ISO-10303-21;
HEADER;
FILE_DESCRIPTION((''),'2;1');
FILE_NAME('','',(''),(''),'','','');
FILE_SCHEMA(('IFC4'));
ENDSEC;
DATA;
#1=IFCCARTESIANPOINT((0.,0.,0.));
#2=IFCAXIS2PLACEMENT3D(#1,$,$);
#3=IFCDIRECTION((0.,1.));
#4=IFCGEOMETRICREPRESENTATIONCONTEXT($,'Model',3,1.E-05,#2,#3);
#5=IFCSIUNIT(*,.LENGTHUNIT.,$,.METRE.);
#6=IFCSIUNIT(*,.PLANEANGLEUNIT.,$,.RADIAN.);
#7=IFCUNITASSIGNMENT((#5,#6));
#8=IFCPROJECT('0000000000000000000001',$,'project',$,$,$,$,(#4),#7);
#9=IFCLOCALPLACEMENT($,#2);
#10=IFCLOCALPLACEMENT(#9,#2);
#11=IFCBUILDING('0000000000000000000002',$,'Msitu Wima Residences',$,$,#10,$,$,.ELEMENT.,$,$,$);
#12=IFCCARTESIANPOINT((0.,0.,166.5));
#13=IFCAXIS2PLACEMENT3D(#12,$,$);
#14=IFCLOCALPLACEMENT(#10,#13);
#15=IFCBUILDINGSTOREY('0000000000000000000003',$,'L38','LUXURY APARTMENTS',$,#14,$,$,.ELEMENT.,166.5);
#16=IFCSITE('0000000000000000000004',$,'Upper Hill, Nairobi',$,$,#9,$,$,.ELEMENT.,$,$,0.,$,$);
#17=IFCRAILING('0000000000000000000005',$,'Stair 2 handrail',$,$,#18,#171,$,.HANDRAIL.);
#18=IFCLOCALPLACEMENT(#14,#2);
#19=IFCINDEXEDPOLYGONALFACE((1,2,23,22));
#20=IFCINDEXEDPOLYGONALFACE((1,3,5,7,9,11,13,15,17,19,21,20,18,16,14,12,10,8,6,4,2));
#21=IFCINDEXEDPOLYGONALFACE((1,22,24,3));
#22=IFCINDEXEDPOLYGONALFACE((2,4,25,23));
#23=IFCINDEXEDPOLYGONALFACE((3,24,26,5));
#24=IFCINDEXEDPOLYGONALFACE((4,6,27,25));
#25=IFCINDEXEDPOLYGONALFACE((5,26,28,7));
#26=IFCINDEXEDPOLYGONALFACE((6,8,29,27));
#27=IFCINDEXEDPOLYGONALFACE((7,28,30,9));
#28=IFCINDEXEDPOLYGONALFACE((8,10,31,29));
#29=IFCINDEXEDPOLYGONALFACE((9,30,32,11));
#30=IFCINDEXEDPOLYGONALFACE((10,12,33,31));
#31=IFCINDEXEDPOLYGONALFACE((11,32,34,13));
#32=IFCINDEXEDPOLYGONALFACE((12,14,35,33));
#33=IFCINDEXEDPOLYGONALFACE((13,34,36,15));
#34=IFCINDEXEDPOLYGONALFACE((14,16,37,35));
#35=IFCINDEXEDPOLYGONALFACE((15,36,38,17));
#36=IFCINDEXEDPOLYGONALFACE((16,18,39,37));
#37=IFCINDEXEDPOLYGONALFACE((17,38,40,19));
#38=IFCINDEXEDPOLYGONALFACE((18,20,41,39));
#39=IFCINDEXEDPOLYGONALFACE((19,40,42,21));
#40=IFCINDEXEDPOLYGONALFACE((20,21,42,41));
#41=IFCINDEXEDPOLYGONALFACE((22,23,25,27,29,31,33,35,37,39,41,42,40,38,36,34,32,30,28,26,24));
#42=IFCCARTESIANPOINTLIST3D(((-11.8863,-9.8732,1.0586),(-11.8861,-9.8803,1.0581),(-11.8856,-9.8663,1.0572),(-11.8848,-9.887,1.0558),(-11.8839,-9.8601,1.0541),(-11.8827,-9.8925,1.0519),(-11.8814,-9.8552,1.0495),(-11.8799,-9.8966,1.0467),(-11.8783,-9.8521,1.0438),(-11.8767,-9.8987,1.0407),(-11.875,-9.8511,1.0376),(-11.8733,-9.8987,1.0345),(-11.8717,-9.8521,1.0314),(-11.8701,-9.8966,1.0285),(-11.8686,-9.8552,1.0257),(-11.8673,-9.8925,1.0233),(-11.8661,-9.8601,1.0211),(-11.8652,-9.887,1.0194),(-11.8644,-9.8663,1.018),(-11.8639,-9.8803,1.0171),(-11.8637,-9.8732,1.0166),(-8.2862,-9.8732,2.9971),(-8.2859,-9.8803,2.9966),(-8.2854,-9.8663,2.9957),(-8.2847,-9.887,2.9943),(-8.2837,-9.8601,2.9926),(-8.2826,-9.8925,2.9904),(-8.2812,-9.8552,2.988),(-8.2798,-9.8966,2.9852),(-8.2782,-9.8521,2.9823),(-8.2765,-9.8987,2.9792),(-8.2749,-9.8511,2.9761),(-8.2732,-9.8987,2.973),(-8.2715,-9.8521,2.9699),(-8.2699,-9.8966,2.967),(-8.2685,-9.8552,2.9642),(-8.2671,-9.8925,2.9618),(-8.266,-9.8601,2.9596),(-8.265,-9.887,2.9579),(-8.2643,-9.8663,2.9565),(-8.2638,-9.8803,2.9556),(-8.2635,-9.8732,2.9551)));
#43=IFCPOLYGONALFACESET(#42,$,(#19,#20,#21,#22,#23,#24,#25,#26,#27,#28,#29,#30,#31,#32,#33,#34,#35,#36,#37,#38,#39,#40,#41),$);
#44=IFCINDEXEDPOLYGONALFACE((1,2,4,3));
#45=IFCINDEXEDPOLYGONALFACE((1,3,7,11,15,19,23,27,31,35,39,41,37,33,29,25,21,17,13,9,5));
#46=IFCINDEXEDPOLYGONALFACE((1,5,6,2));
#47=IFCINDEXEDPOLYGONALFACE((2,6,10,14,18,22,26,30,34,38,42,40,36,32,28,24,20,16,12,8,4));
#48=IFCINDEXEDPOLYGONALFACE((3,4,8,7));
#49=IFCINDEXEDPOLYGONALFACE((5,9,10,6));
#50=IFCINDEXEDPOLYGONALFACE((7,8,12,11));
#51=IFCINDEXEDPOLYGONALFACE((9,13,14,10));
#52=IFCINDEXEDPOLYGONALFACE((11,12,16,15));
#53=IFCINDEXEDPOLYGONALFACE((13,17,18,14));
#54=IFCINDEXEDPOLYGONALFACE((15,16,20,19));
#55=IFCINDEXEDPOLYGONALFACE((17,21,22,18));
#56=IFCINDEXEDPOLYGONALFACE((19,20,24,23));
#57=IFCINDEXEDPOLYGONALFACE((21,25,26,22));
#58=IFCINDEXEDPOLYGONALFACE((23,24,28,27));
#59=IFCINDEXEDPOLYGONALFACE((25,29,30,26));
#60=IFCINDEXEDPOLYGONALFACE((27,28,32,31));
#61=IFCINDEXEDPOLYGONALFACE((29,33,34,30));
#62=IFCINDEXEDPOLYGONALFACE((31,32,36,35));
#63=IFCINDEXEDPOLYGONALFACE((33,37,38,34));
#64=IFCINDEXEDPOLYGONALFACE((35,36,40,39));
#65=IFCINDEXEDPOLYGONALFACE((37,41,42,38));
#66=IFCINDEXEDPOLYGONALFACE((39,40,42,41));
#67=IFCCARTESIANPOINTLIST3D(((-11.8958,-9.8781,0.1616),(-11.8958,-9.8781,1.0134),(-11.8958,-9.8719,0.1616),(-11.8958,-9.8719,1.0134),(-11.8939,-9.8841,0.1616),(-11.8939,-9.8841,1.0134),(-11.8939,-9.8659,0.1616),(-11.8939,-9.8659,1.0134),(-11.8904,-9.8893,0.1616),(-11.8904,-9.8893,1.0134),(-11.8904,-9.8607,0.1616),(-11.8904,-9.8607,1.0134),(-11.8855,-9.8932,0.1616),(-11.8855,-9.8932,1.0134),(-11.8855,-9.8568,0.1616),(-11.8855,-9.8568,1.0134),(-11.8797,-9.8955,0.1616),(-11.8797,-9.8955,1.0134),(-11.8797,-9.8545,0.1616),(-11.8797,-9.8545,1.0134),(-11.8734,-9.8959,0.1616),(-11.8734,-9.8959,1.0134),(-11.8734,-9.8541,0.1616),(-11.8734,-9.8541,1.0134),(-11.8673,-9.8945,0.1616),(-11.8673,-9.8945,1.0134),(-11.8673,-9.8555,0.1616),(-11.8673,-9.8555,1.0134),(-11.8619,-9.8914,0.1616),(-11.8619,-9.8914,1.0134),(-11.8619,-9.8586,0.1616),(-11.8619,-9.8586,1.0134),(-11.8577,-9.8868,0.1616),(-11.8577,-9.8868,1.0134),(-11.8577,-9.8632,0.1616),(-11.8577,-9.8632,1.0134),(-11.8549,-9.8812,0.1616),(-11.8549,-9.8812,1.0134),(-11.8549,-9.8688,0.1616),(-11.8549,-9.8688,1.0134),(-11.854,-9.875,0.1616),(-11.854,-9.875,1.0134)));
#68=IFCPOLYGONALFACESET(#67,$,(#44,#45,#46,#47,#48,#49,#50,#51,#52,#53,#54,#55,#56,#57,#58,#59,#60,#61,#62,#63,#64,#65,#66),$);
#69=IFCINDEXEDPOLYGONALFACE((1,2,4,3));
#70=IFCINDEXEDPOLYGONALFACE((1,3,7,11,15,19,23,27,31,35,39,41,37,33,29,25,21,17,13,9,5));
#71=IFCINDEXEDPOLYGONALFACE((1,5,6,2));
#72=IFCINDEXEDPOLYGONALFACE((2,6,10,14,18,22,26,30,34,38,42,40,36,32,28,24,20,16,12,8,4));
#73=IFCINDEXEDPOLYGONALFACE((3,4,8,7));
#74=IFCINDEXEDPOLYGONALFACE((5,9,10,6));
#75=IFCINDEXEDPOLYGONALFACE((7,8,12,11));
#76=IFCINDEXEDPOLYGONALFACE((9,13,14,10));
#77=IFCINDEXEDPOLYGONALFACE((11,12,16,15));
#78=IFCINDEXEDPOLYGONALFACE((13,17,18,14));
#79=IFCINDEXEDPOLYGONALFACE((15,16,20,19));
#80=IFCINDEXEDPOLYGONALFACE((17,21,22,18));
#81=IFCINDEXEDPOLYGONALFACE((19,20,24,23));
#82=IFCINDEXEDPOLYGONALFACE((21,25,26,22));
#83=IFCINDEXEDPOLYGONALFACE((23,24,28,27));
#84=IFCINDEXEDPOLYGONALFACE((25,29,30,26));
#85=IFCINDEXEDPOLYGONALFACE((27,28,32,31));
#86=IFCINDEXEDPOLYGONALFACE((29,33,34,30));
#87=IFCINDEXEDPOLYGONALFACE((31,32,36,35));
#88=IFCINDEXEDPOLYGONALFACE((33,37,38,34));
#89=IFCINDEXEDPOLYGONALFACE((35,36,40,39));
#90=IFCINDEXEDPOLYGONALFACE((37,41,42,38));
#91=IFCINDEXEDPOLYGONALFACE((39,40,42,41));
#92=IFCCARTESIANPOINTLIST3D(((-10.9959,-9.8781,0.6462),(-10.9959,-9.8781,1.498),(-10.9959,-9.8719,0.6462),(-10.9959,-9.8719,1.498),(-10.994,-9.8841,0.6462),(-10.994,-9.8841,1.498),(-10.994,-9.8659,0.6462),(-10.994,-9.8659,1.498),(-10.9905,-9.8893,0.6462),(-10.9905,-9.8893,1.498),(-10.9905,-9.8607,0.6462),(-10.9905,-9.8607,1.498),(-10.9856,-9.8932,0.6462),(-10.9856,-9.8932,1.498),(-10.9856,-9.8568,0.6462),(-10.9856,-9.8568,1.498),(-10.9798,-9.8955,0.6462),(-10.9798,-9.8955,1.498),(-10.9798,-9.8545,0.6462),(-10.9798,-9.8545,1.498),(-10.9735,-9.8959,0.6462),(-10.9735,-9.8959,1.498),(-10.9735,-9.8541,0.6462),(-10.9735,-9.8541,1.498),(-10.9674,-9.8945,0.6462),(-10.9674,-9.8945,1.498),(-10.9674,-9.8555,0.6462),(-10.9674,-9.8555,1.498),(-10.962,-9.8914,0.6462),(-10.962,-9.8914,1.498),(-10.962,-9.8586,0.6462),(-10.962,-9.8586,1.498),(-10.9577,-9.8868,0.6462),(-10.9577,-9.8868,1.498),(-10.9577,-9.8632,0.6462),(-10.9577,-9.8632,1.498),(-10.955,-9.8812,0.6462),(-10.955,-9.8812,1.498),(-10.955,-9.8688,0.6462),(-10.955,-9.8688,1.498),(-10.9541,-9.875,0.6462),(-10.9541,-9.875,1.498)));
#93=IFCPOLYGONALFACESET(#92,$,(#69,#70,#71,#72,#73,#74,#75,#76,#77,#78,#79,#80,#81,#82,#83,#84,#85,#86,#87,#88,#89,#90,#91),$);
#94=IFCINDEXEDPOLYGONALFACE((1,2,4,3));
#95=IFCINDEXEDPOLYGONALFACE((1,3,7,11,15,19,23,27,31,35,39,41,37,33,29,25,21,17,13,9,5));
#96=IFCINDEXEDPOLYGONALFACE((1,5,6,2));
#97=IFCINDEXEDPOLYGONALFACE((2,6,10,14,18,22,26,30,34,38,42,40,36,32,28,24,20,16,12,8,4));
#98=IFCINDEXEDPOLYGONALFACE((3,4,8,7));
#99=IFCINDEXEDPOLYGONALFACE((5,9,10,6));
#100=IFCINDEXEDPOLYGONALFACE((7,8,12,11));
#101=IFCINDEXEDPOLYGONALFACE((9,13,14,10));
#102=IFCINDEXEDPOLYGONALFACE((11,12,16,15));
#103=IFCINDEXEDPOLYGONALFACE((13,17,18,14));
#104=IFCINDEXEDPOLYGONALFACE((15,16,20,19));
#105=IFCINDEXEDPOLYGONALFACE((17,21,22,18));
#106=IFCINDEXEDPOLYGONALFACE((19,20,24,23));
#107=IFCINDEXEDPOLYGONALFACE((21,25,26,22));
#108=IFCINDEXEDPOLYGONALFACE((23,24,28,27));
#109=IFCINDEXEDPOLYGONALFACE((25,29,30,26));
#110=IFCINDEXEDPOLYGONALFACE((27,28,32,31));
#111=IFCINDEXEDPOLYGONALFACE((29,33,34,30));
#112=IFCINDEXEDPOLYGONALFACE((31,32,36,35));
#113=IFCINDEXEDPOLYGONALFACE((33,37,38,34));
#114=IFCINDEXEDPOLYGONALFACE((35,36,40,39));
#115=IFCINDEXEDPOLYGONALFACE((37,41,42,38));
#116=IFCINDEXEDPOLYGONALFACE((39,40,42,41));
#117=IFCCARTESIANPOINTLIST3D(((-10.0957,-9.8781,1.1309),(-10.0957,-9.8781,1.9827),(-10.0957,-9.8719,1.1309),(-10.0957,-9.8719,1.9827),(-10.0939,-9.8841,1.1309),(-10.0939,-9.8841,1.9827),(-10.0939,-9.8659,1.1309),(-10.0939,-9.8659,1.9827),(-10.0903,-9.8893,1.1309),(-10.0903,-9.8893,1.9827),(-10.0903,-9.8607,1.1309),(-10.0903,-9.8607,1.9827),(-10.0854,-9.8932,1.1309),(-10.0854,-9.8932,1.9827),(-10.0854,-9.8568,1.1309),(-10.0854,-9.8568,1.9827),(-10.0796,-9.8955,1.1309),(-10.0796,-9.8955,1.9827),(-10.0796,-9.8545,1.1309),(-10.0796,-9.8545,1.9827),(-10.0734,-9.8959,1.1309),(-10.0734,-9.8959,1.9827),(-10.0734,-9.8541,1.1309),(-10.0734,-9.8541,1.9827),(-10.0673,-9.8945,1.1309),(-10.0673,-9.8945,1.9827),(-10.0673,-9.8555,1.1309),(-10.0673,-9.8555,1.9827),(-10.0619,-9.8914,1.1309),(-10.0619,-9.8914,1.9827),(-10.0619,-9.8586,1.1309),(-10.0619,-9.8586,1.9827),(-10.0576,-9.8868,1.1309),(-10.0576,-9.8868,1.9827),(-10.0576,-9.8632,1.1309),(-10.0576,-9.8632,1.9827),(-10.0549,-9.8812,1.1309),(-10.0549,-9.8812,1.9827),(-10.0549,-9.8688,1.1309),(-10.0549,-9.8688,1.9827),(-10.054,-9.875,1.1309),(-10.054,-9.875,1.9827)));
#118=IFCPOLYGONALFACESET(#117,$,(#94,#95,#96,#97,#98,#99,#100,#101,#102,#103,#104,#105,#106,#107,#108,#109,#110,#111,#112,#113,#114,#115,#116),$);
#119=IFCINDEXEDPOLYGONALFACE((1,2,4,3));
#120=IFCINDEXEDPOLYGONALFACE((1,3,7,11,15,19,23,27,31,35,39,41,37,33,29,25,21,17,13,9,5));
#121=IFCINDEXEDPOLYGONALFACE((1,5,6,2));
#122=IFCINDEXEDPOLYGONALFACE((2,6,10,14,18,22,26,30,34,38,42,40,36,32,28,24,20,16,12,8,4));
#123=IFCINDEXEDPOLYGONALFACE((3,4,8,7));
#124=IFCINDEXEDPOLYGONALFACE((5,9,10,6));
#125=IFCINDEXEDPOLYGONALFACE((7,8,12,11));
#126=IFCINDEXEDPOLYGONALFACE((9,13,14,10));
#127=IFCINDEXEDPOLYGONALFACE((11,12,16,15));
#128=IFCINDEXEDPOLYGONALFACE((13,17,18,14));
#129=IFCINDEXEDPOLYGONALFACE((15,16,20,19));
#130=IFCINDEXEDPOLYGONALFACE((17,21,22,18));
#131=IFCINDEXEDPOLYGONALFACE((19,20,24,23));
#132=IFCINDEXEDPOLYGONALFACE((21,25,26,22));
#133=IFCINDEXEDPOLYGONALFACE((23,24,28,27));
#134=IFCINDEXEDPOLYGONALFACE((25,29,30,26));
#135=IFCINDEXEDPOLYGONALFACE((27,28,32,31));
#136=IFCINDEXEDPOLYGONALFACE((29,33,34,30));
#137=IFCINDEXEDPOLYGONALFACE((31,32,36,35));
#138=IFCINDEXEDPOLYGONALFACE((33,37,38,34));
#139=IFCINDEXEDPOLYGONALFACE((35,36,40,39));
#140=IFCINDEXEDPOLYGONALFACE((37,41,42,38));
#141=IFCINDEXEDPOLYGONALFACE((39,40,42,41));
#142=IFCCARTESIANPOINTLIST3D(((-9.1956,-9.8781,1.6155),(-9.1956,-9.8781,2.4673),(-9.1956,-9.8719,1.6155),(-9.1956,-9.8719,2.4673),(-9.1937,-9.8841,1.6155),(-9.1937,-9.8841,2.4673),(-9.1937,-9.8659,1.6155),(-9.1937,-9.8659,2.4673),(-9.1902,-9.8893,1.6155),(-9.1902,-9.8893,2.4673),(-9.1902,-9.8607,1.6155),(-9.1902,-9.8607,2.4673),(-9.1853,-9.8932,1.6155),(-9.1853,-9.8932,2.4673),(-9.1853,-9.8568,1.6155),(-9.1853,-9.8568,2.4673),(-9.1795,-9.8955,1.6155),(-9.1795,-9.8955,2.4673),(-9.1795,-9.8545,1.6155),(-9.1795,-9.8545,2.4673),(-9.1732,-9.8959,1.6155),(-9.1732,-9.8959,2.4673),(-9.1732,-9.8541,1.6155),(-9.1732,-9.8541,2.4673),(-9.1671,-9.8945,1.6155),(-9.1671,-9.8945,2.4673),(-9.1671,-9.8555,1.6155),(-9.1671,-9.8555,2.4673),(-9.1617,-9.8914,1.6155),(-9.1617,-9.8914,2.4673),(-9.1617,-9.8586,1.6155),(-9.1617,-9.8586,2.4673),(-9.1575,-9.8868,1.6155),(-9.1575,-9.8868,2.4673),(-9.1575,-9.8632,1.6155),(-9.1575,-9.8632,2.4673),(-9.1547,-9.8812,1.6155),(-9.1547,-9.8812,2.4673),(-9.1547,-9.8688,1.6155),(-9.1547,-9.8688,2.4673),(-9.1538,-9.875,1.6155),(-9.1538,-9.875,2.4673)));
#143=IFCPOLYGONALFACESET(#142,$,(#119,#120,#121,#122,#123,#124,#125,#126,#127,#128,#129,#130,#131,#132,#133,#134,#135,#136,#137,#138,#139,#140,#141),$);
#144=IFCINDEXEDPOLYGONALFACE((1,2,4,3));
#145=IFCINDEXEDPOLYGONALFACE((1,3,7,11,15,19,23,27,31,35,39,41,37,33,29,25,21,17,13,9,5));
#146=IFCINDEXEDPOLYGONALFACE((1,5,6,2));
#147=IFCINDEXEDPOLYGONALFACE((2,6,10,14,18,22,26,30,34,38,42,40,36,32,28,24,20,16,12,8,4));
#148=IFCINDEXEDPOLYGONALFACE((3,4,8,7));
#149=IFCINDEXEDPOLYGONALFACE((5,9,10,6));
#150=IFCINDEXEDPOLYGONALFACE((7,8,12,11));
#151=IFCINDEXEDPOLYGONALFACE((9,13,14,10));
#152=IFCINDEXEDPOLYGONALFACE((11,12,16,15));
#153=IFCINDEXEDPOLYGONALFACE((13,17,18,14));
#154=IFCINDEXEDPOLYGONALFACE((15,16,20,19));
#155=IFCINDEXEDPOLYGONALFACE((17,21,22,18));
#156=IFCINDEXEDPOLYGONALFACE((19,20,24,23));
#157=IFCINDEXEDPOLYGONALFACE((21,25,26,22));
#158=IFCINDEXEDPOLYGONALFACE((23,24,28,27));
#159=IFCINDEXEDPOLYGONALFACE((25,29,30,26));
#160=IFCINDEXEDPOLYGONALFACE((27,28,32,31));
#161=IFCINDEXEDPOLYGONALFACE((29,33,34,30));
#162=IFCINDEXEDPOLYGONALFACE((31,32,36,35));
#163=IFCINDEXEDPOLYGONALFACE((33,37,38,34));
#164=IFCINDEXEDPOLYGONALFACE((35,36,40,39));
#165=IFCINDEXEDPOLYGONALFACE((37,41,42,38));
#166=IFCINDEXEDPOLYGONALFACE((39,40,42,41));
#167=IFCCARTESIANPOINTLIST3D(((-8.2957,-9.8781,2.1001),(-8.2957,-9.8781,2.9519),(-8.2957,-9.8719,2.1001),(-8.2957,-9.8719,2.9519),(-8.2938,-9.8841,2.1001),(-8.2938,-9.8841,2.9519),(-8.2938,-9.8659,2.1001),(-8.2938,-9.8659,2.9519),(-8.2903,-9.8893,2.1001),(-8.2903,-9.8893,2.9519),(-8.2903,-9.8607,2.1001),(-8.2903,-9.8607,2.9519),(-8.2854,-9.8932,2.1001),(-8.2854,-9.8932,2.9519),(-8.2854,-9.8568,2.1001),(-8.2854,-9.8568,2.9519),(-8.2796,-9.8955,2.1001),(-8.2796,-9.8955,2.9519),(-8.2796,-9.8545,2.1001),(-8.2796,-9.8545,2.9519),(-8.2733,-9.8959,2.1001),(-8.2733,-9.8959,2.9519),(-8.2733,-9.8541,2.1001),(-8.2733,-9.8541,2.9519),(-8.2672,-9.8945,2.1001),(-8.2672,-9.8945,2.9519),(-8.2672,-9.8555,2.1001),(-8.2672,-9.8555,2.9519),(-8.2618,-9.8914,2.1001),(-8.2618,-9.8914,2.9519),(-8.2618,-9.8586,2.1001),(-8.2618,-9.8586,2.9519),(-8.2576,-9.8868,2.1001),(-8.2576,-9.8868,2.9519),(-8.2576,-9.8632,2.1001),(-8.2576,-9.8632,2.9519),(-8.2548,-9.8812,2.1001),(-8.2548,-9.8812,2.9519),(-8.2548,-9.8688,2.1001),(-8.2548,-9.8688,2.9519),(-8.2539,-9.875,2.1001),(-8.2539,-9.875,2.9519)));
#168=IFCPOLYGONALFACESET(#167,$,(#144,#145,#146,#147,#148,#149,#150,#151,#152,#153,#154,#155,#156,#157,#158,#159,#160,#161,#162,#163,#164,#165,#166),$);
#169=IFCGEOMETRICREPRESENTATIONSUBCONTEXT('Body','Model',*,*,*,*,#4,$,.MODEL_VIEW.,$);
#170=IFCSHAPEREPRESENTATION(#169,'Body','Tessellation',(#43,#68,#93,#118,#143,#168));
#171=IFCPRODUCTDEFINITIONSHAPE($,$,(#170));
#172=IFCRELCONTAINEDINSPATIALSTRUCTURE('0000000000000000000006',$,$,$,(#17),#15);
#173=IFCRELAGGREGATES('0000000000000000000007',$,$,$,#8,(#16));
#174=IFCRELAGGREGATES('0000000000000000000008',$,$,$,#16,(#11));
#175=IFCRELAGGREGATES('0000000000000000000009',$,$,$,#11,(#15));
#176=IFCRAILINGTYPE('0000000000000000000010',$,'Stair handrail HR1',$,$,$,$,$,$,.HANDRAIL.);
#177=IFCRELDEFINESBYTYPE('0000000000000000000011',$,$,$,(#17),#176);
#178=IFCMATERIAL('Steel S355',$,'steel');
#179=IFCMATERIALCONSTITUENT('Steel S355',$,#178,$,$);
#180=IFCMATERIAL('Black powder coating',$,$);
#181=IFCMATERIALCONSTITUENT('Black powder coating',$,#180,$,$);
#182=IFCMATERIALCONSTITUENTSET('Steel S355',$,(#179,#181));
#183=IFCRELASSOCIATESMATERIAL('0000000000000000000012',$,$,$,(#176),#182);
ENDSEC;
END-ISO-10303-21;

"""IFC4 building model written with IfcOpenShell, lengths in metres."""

from ifc_helpers import new_model, si_unit, direction, frame, origin, origin_2d, place, context, subcontext, project, spatial, circle, extrude, material, constituent, constituent_set, type_object, element, save


model = new_model("IFC4")

# Units and contexts
model_context = context("Model", 3, precision=1e-05, world=origin(), true_north=direction((0.0, 1.0)))
body_context = subcontext(model_context, "Body", "Model", "MODEL_VIEW")
ifc_project = project(units=[si_unit("LENGTHUNIT", "METRE"), si_unit("PLANEANGLEUNIT", "RADIAN")], contexts=[model_context])

# Site, building, storey
site_placement = place(None, origin())
site = spatial("IfcSite", under=ifc_project, at=site_placement, Name="Upper Hill, Nairobi", CompositionType="ELEMENT", RefElevation=0.0)
building_placement = place(site_placement, origin())
building = spatial("IfcBuilding", under=site, at=building_placement, Name="Msitu Wima Residences", CompositionType="ELEMENT")
storey_placement = place(building_placement, frame((0.0, 0.0, 166.5)))
storey = spatial("IfcBuildingStorey", under=building, at=storey_placement, Name="L38", Description="LUXURY APARTMENTS", CompositionType="ELEMENT", Elevation=166.5)

# Railing
ifc_material_1 = material(Name="Steel S355", Category="steel")
ifc_constituent_1 = constituent(ifc_material_1, Name="Steel S355")
ifc_material_2 = material(Name="Black powder coating")
ifc_constituent_2 = constituent(ifc_material_2, Name="Black powder coating")
ifc_constituent_set = constituent_set(constituents=[ifc_constituent_1, ifc_constituent_2], Name="Steel S355")
railing_type = type_object("IfcRailingType", Name="Stair handrail HR1", PredefinedType="HANDRAIL", material=ifc_constituent_set)
for number, where, name in (
    (1, (-11.875, -9.875, 0.1616), "Stair 2 handrail"),
):
    element("IfcRailing", number, at=place(storey_placement, frame(where)), inside=storey, type_object=railing_type, Name=name, PredefinedType="HANDRAIL", context=body_context, shape_type="SweptSolid", body=[
        extrude(circle(Radius=0.0239, at=origin_2d()), frame((0.0, 0.0, 0.876), z_axis=(0.880475, 0.0, 0.474093), x_axis=(0.0, 1.0, 0.0)), (0.0, 0.0, 1.0), 4.0889),
        extrude(circle(Radius=0.021, at=origin_2d()), origin(), (0.0, 0.0, 1.0), 0.8518),
        extrude(circle(Radius=0.021, at=origin_2d()), frame((0.8999, 0.0, 0.4846)), (0.0, 0.0, 1.0), 0.8518),
        extrude(circle(Radius=0.021, at=origin_2d()), frame((1.8, 0.0, 0.9692)), (0.0, 0.0, 1.0), 0.8518),
        extrude(circle(Radius=0.021, at=origin_2d()), frame((2.7002, 0.0, 1.4539)), (0.0, 0.0, 1.0), 0.8518),
        extrude(circle(Radius=0.021, at=origin_2d()), frame((3.6001, 0.0, 1.9385)), (0.0, 0.0, 1.0), 0.8518),
    ])

save(model, "model.ifc")
